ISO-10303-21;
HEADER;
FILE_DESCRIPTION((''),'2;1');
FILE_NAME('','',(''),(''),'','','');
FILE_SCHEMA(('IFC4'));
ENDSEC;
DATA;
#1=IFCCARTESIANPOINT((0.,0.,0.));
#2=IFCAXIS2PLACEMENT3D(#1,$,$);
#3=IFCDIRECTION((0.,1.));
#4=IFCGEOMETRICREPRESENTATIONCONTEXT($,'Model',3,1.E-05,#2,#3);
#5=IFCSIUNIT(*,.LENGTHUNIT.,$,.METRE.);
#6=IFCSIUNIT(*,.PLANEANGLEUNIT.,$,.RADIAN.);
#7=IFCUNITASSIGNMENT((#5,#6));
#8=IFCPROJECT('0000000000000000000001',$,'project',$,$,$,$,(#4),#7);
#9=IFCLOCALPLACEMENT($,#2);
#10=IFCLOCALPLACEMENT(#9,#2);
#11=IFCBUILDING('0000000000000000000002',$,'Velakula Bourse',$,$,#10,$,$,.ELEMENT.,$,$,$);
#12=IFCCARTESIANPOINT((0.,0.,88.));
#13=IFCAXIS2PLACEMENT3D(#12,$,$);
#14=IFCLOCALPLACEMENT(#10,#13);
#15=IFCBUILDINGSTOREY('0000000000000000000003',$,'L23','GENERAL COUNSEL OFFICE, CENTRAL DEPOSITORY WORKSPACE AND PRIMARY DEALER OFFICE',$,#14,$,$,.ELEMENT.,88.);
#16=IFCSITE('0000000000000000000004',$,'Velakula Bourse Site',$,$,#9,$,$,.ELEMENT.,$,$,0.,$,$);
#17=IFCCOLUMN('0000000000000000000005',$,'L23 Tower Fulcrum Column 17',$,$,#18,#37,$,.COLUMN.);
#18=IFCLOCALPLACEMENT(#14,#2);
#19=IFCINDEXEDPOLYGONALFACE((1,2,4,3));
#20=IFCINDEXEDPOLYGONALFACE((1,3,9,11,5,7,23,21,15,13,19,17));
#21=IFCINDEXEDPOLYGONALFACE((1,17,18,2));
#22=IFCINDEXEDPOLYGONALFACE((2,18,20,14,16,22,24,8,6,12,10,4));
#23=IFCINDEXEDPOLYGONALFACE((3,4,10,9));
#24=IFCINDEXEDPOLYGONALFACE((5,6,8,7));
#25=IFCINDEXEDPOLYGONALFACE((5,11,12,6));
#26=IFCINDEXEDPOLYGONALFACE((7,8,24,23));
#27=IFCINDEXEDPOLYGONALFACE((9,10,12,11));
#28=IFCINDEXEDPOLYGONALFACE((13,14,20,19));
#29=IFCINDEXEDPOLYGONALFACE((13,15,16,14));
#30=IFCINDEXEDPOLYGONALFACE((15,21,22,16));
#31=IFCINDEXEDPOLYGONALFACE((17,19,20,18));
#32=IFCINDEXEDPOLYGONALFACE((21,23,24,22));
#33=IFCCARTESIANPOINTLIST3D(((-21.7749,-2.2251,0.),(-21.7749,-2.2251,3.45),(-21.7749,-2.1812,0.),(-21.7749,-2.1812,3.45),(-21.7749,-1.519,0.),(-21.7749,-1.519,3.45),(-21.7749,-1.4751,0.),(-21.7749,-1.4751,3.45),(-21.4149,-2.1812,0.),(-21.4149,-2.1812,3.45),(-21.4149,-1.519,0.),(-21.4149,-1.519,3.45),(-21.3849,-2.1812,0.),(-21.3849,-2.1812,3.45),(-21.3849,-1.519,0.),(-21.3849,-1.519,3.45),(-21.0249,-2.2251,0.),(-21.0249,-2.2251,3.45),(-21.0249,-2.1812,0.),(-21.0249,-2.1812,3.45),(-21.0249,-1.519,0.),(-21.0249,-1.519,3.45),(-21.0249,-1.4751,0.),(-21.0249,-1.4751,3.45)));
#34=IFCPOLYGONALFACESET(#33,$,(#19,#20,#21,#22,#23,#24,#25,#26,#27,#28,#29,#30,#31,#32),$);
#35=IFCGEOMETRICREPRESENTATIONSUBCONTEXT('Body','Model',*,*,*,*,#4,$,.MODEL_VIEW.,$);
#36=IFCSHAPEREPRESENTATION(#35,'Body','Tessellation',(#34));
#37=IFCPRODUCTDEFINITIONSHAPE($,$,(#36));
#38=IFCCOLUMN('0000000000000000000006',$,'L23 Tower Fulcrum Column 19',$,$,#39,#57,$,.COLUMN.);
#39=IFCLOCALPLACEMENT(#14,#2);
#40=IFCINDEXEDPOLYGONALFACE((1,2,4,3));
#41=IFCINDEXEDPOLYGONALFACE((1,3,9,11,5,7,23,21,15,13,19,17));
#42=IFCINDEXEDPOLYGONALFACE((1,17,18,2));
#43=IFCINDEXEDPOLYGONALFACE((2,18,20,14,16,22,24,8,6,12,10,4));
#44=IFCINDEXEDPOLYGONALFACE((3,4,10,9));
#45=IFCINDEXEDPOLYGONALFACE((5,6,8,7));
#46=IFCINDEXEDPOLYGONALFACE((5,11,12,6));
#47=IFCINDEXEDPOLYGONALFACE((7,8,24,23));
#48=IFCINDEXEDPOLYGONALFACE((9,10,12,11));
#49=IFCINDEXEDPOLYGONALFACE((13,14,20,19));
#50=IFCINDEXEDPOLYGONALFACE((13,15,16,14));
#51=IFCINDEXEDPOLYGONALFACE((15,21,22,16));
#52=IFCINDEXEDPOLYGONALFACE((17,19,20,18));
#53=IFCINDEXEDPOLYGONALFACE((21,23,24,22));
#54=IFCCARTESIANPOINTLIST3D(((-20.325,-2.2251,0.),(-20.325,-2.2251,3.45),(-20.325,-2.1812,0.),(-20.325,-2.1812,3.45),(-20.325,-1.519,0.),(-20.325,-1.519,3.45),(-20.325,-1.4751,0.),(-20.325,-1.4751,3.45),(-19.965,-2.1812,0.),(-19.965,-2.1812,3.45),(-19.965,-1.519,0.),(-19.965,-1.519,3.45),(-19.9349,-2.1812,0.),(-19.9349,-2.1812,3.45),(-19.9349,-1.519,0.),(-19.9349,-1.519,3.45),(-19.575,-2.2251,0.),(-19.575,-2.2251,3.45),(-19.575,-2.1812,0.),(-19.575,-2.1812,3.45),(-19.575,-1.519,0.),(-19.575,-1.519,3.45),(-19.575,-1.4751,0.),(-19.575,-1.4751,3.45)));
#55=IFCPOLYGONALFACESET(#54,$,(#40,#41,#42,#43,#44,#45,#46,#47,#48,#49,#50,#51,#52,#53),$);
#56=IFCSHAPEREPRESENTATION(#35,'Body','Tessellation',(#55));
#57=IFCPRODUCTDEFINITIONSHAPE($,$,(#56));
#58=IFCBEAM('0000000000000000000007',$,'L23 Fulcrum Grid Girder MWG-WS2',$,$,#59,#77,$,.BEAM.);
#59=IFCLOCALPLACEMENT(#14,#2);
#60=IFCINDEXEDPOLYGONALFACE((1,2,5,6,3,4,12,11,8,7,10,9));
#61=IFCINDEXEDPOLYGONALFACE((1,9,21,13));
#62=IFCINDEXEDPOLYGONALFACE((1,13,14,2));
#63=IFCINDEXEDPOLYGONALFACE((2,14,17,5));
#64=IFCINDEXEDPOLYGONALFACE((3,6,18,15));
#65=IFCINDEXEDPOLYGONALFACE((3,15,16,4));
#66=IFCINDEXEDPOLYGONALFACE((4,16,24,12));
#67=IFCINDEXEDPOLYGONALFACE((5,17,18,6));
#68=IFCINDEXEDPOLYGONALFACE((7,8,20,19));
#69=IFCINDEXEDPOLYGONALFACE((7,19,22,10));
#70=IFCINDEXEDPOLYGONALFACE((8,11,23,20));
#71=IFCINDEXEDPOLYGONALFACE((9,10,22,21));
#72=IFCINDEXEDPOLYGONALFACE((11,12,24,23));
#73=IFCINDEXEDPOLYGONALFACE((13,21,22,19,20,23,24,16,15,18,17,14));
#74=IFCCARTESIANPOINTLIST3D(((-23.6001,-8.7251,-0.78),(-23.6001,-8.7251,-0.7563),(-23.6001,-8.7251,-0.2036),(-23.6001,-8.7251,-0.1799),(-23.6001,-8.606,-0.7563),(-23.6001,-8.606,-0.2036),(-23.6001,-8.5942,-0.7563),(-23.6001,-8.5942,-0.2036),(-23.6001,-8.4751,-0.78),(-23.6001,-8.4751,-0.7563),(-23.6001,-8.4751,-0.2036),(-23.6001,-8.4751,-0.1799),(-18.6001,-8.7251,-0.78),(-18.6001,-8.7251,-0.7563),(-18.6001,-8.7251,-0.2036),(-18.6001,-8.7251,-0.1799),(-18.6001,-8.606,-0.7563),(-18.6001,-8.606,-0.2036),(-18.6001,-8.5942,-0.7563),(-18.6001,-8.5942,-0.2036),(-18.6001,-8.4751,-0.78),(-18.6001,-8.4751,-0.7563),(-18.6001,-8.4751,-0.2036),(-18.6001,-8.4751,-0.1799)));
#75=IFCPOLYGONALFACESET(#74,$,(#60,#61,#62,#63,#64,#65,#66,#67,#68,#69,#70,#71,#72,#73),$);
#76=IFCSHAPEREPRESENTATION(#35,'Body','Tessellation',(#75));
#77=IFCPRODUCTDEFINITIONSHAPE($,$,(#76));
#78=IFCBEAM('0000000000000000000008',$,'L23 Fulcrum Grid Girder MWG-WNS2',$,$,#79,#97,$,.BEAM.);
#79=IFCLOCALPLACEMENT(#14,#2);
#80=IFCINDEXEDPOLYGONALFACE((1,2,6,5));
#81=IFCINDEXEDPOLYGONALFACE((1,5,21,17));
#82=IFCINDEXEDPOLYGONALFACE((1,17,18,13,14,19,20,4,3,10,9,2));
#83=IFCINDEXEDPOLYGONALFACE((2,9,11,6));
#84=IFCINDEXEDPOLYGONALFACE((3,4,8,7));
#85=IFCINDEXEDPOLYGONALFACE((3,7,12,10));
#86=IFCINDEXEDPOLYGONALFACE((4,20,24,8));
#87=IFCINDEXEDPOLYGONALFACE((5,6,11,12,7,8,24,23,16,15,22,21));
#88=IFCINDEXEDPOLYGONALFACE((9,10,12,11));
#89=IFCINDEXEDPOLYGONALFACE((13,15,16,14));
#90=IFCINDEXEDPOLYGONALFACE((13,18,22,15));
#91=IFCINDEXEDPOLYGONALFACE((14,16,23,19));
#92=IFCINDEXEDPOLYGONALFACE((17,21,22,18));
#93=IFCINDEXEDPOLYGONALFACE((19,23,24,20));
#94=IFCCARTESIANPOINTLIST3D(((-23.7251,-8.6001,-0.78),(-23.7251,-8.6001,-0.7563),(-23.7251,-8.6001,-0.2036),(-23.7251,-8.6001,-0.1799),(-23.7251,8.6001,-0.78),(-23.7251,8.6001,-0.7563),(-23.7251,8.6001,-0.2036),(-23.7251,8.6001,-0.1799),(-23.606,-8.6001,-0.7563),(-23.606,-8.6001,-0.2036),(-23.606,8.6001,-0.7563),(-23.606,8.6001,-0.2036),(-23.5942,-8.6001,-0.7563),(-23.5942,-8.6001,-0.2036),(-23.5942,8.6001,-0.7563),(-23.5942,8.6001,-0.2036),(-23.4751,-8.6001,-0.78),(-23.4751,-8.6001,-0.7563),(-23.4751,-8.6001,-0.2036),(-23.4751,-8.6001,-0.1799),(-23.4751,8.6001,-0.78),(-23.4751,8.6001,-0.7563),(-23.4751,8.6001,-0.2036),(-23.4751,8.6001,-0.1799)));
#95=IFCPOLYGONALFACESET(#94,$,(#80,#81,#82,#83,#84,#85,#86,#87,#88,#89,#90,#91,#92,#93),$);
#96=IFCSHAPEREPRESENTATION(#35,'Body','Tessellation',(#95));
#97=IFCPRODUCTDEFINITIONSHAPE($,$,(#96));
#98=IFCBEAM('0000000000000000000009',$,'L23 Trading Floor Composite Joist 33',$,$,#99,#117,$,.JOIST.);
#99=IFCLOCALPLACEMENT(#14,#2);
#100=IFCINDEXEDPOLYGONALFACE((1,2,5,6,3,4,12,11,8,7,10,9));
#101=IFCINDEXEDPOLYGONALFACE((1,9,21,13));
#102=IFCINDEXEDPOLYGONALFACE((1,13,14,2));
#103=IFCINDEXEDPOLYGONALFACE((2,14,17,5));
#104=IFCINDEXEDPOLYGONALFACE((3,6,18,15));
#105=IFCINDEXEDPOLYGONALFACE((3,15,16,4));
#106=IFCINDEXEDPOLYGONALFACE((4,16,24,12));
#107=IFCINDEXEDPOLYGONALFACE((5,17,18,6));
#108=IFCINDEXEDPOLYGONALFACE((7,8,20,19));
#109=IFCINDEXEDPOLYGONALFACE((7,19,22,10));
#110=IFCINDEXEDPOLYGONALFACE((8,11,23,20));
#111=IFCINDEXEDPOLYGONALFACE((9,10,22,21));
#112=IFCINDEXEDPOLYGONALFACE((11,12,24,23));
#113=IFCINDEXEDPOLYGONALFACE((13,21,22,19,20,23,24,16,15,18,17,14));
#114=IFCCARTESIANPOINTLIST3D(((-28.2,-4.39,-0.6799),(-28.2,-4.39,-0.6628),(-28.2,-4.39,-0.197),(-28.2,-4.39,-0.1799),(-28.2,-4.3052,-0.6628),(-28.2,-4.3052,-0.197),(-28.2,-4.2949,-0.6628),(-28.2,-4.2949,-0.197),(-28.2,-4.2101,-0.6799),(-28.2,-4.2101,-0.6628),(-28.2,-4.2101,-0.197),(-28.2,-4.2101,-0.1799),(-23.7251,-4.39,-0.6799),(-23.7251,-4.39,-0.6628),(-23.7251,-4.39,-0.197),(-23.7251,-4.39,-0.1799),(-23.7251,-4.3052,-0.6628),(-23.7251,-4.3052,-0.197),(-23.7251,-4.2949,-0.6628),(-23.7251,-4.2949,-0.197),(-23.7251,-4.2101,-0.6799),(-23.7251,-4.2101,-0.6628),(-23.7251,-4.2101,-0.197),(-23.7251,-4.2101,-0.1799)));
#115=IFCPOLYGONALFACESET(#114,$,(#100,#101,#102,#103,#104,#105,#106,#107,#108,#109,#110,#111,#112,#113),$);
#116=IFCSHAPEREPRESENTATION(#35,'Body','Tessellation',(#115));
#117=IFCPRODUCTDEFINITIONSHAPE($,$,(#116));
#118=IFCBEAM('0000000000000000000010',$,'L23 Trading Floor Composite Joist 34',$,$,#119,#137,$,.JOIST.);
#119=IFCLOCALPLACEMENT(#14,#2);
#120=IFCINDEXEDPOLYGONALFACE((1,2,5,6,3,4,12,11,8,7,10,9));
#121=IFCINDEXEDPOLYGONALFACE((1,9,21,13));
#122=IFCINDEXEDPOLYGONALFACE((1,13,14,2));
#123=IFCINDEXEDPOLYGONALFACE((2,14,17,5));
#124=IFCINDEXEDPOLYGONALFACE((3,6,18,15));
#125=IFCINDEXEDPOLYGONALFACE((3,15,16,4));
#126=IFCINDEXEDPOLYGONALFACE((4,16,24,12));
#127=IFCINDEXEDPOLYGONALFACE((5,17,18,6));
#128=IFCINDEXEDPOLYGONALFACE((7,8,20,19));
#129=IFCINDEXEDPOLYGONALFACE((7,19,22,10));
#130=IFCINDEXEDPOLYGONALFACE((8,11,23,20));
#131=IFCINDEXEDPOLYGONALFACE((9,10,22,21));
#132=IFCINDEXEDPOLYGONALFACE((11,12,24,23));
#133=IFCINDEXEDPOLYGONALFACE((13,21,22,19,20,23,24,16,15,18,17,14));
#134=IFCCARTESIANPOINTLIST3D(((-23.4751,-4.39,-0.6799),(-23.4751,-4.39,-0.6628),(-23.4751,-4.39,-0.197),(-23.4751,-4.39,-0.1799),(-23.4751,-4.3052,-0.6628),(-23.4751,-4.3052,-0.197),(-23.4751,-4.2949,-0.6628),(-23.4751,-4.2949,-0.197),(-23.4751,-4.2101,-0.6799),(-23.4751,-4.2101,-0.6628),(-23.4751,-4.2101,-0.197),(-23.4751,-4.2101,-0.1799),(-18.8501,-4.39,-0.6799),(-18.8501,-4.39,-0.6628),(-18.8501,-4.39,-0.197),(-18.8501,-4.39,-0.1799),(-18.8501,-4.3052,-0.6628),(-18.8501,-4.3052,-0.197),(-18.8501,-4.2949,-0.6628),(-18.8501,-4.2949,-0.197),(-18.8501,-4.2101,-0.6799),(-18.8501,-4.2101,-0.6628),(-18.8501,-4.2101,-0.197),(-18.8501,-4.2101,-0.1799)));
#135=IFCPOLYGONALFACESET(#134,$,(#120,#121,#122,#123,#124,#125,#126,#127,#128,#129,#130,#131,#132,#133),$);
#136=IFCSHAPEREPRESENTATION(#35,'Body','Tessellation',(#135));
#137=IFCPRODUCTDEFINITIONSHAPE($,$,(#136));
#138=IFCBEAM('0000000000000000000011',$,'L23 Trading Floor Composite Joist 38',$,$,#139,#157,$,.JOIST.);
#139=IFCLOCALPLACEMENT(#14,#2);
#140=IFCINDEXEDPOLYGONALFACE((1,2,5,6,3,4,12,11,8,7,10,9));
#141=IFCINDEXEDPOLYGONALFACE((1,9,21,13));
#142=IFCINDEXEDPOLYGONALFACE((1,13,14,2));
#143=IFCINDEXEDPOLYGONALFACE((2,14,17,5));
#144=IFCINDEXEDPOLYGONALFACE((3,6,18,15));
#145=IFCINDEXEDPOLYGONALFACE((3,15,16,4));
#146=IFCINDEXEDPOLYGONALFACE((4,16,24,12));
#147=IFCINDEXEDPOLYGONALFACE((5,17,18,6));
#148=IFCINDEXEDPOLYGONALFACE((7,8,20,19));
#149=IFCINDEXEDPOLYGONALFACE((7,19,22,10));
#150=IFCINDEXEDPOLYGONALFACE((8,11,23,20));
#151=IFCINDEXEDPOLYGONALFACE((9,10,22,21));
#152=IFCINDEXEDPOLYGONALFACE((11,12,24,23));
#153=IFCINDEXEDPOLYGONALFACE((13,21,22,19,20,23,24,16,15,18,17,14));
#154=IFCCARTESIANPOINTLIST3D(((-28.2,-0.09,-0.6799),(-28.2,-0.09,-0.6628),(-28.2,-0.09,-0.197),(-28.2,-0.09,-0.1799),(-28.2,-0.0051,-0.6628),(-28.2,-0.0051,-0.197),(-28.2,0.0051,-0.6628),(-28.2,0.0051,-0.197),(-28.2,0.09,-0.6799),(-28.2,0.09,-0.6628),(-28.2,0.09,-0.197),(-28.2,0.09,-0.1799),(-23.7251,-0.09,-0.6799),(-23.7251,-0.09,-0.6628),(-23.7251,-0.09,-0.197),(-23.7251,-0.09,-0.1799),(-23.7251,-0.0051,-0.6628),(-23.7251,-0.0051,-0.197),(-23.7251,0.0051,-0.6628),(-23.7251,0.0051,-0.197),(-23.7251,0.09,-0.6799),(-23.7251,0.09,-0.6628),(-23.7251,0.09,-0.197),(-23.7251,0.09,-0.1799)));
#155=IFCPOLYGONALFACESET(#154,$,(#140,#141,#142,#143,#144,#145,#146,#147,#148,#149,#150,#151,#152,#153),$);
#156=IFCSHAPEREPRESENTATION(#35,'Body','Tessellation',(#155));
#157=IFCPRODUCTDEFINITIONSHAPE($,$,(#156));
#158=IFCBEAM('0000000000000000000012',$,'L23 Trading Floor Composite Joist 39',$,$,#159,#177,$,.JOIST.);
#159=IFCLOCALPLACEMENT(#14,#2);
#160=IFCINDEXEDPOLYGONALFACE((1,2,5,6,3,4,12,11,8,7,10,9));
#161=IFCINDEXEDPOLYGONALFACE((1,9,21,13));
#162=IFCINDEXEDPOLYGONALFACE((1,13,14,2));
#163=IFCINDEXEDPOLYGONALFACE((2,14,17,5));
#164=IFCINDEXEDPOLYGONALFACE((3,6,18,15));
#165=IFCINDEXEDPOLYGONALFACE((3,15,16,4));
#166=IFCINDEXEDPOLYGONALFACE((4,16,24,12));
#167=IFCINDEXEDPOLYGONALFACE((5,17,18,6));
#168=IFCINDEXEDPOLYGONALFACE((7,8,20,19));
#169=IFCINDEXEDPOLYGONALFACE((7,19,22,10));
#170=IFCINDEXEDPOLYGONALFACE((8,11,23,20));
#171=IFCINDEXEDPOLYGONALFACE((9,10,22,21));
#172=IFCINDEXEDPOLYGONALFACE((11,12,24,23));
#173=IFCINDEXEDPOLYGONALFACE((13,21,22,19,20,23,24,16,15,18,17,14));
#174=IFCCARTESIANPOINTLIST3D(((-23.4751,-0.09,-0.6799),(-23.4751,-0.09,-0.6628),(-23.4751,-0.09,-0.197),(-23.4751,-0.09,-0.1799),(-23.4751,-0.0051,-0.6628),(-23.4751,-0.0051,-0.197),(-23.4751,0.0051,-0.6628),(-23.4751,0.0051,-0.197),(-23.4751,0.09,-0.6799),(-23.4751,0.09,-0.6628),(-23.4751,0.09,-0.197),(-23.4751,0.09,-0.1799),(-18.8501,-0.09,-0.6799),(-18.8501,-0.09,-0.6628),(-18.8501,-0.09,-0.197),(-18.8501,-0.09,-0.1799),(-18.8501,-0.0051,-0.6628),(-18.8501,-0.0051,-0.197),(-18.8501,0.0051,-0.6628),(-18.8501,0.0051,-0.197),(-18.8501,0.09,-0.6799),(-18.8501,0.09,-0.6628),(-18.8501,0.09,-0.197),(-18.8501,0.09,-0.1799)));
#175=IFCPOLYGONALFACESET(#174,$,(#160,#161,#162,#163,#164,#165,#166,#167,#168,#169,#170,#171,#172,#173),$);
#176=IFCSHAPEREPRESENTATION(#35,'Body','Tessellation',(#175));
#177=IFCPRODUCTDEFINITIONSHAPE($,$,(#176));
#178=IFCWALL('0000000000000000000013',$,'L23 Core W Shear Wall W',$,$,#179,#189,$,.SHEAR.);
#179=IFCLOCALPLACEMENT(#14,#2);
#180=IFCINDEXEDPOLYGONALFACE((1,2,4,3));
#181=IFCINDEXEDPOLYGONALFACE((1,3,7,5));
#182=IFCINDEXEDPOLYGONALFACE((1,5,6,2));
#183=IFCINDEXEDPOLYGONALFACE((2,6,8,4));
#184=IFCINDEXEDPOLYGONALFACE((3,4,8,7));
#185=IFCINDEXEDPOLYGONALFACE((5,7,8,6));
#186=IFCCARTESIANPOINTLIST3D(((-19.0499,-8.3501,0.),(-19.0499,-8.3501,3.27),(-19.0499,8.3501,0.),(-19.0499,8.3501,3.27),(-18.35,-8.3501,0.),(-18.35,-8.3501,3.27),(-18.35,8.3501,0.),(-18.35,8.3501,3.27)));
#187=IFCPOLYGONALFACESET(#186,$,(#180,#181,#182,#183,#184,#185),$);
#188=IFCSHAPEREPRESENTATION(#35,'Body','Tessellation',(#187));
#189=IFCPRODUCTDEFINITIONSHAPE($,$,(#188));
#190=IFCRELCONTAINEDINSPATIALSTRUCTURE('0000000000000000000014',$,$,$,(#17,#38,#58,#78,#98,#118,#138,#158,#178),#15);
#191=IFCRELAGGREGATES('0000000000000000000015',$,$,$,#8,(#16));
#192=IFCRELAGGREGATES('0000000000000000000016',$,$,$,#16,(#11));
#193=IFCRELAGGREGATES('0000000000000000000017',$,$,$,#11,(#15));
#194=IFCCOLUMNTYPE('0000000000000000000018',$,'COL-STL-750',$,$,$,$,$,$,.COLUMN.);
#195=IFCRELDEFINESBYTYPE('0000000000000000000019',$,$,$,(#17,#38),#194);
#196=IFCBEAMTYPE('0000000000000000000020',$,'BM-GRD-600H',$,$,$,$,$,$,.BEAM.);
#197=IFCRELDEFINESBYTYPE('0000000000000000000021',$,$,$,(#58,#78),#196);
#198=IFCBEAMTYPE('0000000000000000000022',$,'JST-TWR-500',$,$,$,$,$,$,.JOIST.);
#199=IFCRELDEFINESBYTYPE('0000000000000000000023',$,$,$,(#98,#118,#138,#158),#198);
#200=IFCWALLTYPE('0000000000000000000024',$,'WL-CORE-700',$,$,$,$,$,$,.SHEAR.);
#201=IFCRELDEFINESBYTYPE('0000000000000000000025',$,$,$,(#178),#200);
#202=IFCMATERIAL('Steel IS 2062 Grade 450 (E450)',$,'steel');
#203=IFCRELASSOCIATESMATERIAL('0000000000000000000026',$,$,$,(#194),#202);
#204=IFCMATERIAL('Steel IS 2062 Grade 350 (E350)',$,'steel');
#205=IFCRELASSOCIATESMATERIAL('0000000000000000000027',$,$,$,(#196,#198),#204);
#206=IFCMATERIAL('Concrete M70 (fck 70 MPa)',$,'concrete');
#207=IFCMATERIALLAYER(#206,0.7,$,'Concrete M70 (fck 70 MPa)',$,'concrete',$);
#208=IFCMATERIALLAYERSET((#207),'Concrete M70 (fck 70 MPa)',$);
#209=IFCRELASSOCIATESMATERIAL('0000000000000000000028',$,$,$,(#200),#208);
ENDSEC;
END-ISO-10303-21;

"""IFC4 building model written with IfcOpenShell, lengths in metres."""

from ifc_helpers import new_model, si_unit, direction, frame, frame_2d, origin, origin_2d, place, context, subcontext, project, spatial, rectangle, i_section, extrude, material, layer, layer_set, material_profile, profile_set, type_object, element, save


model = new_model("IFC4")

# Units and contexts
model_context = context("Model", 3, precision=1e-05, world=origin(), true_north=direction((0.0, 1.0)))
body_context = subcontext(model_context, "Body", "Model", "MODEL_VIEW")
ifc_project = project(units=[si_unit("LENGTHUNIT", "METRE"), si_unit("PLANEANGLEUNIT", "RADIAN")], contexts=[model_context])

# Site, building, storey
site_placement = place(None, origin())
site = spatial("IfcSite", under=ifc_project, at=site_placement, Name="Velakula Bourse Site", CompositionType="ELEMENT", RefElevation=0.0)
building_placement = place(site_placement, origin())
building = spatial("IfcBuilding", under=site, at=building_placement, Name="Velakula Bourse", CompositionType="ELEMENT")
storey_placement = place(building_placement, frame((0.0, 0.0, 88.0)))
storey = spatial("IfcBuildingStorey", under=building, at=storey_placement, Name="L23", Description="GENERAL COUNSEL OFFICE, CENTRAL DEPOSITORY WORKSPACE AND PRIMARY DEALER OFFICE", CompositionType="ELEMENT", Elevation=88.0)

# Columns
ifc_material_1 = material(Name="Steel IS 2062 Grade 450 (E450)", Category="steel")
ifc_material_profile_1 = material_profile(ifc_material_1, i_section(OverallWidth=0.75, OverallDepth=0.75, WebThickness=0.03, FlangeThickness=0.0439, at=origin_2d()), Name="Steel IS 2062 Grade 450 (E450)")
ifc_profile_set_1 = profile_set([ifc_material_profile_1], Name="Steel IS 2062 Grade 450 (E450)")
column_type = type_object("IfcColumnType", Name="COL-STL-750", PredefinedType="COLUMN", material=ifc_profile_set_1)
for number, where, z_axis, x_axis, name in (
    (1, (-21.3999, -1.8501, 0.0), (0.0, 0.0, 1.0), (1.0, 0.0, 0.0), "L23 Tower Fulcrum Column 17"),
    (2, (-19.95, -1.8501, 0.0), (0.0, 0.0, 1.0), (1.0, 0.0, 0.0), "L23 Tower Fulcrum Column 19"),
):
    element("IfcColumn", number, at=place(storey_placement, frame(where, z_axis=z_axis, x_axis=x_axis)), inside=storey, type_object=column_type, Name=name, PredefinedType="COLUMN", context=body_context, shape_type="SweptSolid", body=[
        extrude(i_section(OverallWidth=0.75, OverallDepth=0.75, WebThickness=0.03, FlangeThickness=0.0439, at=origin_2d()), origin(), (0.0, 0.0, 1.0), 3.45),
    ])

# Beams
ifc_material_2 = material(Name="Steel IS 2062 Grade 350 (E350)", Category="steel")
ifc_material_profile_2 = material_profile(ifc_material_2, i_section(OverallWidth=0.25, OverallDepth=0.6001, WebThickness=0.0117, FlangeThickness=0.0237, at=origin_2d()), Name="Steel IS 2062 Grade 350 (E350)")
ifc_profile_set_2 = profile_set([ifc_material_profile_2], Name="Steel IS 2062 Grade 350 (E350)")
beam_type_1 = type_object("IfcBeamType", Name="BM-GRD-600H", PredefinedType="BEAM", material=ifc_profile_set_2)
beam_1_placement = place(storey_placement, frame((-23.6001, -8.6001, -0.48), z_axis=(1.0, 0.0, 0.0), x_axis=(0.0, 1.0, 0.0)))
element("IfcBeam", 3, at=beam_1_placement, inside=storey, type_object=beam_type_1, Name="L23 Fulcrum Grid Girder MWG-WS2", PredefinedType="BEAM", context=body_context, shape_type="SweptSolid", body=[
    extrude(i_section(OverallWidth=0.25, OverallDepth=0.6001, WebThickness=0.0117, FlangeThickness=0.0237, at=origin_2d()), origin(), (0.0, 0.0, 1.0), 5.0),
])
beam_2_placement = place(storey_placement, frame((-23.6001, -8.6001, -0.48), z_axis=(0.0, 1.0, 0.0), x_axis=(-1.0, 0.0, 0.0)))
element("IfcBeam", 4, at=beam_2_placement, inside=storey, type_object=beam_type_1, Name="L23 Fulcrum Grid Girder MWG-WNS2", PredefinedType="BEAM", context=body_context, shape_type="SweptSolid", body=[
    extrude(i_section(OverallWidth=0.25, OverallDepth=0.6001, WebThickness=0.0117, FlangeThickness=0.0237, at=origin_2d()), origin(), (0.0, 0.0, 1.0), 17.2002),
])
ifc_material_profile_3 = material_profile(ifc_material_2, i_section(OverallWidth=0.1799, OverallDepth=0.5, WebThickness=0.0103, FlangeThickness=0.0171, at=origin_2d()), Name="Steel IS 2062 Grade 350 (E350)")
ifc_profile_set_3 = profile_set([ifc_material_profile_3], Name="Steel IS 2062 Grade 350 (E350)")
beam_type_2 = type_object("IfcBeamType", Name="JST-TWR-500", PredefinedType="JOIST", material=ifc_profile_set_3)
beam_3_placement = place(storey_placement, frame((-28.2, -4.3, -0.4299), z_axis=(1.0, 0.0, 0.0), x_axis=(0.0, 1.0, 0.0)))
element("IfcBeam", 5, at=beam_3_placement, inside=storey, type_object=beam_type_2, Name="L23 Trading Floor Composite Joist 33", PredefinedType="JOIST", context=body_context, shape_type="SweptSolid", body=[
    extrude(i_section(OverallWidth=0.1799, OverallDepth=0.5, WebThickness=0.0103, FlangeThickness=0.0171, at=origin_2d()), origin(), (0.0, 0.0, 1.0), 4.4749),
])
beam_4_placement = place(storey_placement, frame((-23.4751, -4.3, -0.4299), z_axis=(1.0, 0.0, 0.0), x_axis=(0.0, 1.0, 0.0)))
element("IfcBeam", 6, at=beam_4_placement, inside=storey, type_object=beam_type_2, Name="L23 Trading Floor Composite Joist 34", PredefinedType="JOIST", context=body_context, shape_type="SweptSolid", body=[
    extrude(i_section(OverallWidth=0.1799, OverallDepth=0.5, WebThickness=0.0103, FlangeThickness=0.0171, at=origin_2d()), origin(), (0.0, 0.0, 1.0), 4.625),
])
beam_5_placement = place(storey_placement, frame((-28.2, 0.0, -0.4299), z_axis=(1.0, 0.0, 0.0), x_axis=(0.0, 1.0, 0.0)))
element("IfcBeam", 7, at=beam_5_placement, inside=storey, type_object=beam_type_2, Name="L23 Trading Floor Composite Joist 38", PredefinedType="JOIST", context=body_context, shape_type="SweptSolid", body=[
    extrude(i_section(OverallWidth=0.1799, OverallDepth=0.5, WebThickness=0.0103, FlangeThickness=0.0171, at=origin_2d()), origin(), (0.0, 0.0, 1.0), 4.4749),
])
beam_6_placement = place(storey_placement, frame((-23.4751, 0.0, -0.4299), z_axis=(1.0, 0.0, 0.0), x_axis=(0.0, 1.0, 0.0)))
element("IfcBeam", 8, at=beam_6_placement, inside=storey, type_object=beam_type_2, Name="L23 Trading Floor Composite Joist 39", PredefinedType="JOIST", context=body_context, shape_type="SweptSolid", body=[
    extrude(i_section(OverallWidth=0.1799, OverallDepth=0.5, WebThickness=0.0103, FlangeThickness=0.0171, at=origin_2d()), origin(), (0.0, 0.0, 1.0), 4.625),
])

# Wall
ifc_material_3 = material(Name="Concrete M70 (fck 70 MPa)", Category="concrete")
ifc_layer_1 = layer(ifc_material_3, 0.7, Name="Concrete M70 (fck 70 MPa)", Category="concrete")
ifc_layer_set_1 = layer_set([ifc_layer_1], Name="Concrete M70 (fck 70 MPa)")
wall_type_1 = type_object("IfcWallType", Name="WL-CORE-700", PredefinedType="SHEAR", material=ifc_layer_set_1)
wall_1_placement = place(storey_placement, frame((-18.7, -8.3501, 0.0), z_axis=(0.0, 0.0, 1.0), x_axis=(0.0, 1.0, 0.0)))
element("IfcWall", 9, at=wall_1_placement, inside=storey, type_object=wall_type_1, Name="L23 Core W Shear Wall W", PredefinedType="SHEAR", context=body_context, shape_type="SweptSolid", body=[
    extrude(rectangle(XDim=16.7002, YDim=0.7, at=frame_2d((8.3501, 0.0))), origin(), (0.0, 0.0, 1.0), 3.27),
])

save(model, "model.ifc")
